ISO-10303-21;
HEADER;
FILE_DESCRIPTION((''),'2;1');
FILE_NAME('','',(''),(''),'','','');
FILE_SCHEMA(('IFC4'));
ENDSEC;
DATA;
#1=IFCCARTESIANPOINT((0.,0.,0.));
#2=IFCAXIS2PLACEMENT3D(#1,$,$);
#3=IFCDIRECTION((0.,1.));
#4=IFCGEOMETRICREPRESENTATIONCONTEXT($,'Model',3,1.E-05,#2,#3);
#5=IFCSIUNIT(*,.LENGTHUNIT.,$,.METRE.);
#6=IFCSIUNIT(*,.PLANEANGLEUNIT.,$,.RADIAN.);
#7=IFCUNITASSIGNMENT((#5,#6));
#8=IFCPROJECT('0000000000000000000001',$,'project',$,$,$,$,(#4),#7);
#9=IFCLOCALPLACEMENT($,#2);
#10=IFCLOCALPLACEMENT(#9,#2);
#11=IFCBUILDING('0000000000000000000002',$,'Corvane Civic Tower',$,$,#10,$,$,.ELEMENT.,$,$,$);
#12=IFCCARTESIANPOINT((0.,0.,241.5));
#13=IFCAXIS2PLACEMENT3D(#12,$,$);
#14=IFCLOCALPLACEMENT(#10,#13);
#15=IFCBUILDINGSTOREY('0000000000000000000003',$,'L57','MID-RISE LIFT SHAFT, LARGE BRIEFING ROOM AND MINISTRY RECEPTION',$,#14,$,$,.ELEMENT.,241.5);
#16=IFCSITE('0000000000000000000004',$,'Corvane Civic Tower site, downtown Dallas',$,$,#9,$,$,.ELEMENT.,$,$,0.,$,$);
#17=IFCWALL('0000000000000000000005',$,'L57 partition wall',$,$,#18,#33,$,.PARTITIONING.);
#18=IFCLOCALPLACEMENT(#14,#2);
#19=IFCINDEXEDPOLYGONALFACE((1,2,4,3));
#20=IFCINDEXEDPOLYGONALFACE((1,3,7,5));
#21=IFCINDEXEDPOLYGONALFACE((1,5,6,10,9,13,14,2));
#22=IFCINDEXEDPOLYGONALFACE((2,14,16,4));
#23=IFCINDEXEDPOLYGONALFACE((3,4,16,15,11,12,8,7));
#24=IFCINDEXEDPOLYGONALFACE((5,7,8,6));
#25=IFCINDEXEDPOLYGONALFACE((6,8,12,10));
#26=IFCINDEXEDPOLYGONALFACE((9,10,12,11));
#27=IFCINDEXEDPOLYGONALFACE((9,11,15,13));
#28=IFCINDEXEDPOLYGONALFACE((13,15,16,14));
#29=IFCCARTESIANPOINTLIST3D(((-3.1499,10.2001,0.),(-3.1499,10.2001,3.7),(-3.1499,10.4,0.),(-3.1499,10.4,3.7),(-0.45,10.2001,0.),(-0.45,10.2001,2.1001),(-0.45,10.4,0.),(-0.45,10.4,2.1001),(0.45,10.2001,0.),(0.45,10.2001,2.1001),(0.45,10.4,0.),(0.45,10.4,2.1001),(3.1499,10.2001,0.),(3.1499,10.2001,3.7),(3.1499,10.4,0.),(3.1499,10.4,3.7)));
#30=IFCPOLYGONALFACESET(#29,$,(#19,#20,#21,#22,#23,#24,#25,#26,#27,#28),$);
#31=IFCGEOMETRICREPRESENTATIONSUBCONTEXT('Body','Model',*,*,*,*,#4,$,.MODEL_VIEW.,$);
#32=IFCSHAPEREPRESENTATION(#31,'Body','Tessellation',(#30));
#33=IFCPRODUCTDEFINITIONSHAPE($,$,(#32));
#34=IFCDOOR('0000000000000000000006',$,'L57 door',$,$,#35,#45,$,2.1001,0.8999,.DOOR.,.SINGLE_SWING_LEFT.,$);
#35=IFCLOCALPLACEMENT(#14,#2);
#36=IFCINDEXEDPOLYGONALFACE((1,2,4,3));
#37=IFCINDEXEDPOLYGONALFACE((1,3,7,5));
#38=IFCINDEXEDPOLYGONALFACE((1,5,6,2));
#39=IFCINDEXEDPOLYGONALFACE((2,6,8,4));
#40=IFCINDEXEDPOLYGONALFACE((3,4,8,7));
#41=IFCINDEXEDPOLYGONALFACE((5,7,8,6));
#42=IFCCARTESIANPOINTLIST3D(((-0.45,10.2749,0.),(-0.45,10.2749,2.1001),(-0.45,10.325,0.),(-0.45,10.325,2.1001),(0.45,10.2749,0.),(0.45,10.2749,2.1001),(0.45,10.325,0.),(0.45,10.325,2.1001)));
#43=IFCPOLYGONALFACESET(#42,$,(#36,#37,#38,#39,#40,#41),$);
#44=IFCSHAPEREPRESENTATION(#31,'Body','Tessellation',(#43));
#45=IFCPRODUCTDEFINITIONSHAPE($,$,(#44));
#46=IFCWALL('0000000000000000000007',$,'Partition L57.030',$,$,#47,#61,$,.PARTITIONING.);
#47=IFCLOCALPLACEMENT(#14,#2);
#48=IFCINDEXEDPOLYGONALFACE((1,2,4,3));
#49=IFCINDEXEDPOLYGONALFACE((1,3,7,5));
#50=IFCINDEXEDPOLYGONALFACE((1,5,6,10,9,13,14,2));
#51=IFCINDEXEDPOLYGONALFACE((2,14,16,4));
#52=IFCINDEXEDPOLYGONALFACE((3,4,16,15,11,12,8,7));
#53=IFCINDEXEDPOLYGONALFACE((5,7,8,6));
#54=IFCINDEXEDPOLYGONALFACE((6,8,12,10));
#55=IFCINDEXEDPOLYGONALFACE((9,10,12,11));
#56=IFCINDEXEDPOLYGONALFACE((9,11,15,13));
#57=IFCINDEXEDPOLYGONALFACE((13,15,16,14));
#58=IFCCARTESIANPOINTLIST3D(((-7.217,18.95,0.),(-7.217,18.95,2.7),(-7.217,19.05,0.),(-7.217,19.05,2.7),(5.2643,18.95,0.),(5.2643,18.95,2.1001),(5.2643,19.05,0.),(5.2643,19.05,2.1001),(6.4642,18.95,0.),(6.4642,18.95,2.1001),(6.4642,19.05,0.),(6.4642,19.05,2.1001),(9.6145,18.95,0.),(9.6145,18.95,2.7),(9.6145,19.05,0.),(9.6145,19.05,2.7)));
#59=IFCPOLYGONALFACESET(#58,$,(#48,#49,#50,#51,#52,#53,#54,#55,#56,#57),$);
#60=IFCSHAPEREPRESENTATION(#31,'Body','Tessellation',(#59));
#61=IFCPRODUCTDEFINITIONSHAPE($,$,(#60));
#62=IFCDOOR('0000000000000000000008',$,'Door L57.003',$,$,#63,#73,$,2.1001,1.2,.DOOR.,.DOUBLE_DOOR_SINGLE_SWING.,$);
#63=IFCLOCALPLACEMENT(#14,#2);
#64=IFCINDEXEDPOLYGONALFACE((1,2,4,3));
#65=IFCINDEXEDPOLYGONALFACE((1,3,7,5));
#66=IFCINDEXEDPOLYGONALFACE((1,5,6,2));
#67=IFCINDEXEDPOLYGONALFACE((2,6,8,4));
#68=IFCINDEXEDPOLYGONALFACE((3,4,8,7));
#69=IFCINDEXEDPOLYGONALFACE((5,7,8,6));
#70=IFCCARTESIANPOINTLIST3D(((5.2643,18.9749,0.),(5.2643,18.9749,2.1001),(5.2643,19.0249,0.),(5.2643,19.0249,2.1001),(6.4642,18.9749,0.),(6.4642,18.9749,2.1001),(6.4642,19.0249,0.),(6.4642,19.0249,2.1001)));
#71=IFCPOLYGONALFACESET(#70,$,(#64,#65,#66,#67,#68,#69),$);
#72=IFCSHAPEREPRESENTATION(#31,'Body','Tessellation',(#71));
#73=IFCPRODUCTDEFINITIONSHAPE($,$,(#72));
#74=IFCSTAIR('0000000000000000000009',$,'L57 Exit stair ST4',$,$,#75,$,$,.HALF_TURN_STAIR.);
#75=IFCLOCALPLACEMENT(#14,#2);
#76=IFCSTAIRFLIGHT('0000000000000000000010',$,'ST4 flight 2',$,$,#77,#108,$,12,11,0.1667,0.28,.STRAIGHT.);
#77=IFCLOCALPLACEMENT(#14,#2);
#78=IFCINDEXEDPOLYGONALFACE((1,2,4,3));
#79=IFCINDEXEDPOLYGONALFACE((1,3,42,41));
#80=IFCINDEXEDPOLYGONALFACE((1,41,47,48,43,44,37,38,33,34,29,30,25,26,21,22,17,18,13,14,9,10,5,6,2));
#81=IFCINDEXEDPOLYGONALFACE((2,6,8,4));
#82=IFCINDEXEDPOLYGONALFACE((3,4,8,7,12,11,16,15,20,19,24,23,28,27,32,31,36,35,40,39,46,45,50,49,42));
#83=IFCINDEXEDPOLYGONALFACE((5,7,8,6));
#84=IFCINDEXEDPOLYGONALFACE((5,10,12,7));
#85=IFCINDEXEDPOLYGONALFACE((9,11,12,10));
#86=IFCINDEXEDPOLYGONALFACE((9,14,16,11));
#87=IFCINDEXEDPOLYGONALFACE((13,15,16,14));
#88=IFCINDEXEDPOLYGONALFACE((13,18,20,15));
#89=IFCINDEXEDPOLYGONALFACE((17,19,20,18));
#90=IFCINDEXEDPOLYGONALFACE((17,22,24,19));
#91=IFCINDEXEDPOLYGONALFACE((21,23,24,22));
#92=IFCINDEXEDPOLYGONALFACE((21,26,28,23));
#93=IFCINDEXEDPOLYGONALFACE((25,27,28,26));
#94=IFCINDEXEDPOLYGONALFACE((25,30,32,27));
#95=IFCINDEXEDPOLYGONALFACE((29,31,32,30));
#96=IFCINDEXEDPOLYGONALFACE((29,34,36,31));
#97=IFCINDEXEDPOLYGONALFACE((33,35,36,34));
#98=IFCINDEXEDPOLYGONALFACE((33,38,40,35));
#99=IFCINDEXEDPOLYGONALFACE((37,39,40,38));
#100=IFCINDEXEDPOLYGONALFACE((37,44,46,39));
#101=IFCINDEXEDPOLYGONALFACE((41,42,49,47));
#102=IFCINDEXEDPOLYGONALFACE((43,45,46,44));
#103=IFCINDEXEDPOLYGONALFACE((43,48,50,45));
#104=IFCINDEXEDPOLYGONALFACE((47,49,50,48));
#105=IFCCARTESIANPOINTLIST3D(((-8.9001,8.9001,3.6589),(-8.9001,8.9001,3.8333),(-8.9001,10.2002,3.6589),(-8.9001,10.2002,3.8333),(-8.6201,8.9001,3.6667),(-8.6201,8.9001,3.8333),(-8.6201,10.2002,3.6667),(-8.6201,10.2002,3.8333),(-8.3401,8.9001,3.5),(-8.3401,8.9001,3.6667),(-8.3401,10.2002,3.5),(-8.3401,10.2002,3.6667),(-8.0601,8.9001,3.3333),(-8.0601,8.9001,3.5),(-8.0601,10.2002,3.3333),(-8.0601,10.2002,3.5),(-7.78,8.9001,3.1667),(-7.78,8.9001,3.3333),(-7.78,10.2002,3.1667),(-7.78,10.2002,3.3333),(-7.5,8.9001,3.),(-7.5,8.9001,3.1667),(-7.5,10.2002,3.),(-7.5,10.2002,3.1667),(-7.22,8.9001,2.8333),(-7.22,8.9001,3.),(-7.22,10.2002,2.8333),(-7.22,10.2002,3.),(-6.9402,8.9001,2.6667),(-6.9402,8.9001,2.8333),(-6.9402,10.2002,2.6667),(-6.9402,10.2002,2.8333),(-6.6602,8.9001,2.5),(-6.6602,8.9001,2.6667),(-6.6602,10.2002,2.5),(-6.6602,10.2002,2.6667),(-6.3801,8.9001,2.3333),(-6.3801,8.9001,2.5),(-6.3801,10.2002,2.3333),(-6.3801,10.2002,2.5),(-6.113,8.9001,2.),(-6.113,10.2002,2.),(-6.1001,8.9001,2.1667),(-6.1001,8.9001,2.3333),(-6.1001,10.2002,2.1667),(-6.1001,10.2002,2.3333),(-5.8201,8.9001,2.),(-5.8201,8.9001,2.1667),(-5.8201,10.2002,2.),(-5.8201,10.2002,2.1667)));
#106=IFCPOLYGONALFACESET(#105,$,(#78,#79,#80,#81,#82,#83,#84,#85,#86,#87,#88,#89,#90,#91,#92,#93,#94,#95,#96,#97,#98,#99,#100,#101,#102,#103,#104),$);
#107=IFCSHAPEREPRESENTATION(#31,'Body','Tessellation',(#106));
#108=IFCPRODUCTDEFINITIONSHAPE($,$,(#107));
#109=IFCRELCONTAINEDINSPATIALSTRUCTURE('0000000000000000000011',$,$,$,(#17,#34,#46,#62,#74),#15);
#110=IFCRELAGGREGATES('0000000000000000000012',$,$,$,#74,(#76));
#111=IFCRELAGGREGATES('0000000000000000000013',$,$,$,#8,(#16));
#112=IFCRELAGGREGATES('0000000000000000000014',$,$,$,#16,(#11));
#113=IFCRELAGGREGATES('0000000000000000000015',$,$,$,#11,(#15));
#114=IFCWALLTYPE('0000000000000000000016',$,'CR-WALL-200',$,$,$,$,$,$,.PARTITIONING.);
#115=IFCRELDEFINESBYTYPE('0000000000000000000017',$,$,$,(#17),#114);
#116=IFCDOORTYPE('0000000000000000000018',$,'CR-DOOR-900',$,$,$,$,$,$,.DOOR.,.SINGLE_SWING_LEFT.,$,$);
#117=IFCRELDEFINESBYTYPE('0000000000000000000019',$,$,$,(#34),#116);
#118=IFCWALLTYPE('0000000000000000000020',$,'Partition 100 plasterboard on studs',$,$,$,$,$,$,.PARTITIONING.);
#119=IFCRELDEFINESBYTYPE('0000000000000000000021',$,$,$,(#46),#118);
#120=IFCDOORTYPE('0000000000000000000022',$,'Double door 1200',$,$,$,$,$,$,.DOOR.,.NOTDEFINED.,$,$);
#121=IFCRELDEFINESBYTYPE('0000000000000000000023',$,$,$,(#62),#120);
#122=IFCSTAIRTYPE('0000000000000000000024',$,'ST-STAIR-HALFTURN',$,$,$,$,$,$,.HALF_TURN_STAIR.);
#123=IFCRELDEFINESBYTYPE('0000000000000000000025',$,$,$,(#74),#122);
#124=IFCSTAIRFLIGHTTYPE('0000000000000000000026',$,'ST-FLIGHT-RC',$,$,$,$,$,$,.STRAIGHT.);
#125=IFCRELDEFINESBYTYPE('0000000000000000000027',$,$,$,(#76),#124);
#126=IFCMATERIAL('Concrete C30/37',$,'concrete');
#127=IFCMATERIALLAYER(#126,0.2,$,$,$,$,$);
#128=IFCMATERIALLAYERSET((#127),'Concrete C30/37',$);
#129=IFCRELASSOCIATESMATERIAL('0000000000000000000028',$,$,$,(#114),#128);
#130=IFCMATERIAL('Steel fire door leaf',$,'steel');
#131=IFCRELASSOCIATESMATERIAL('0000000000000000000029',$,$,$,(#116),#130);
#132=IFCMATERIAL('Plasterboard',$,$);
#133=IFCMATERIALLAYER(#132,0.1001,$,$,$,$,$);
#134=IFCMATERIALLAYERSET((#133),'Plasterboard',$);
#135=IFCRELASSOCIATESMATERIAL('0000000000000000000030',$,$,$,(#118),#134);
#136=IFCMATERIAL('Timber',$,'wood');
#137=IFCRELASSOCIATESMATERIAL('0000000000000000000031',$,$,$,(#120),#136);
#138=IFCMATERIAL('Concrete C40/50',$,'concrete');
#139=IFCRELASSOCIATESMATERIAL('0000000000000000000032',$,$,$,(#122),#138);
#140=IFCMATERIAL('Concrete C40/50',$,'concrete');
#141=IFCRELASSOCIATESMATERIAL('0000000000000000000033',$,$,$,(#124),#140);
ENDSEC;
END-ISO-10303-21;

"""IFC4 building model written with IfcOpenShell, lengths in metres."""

from ifc_helpers import new_model, si_unit, direction, frame, frame_2d, origin, place, context, subcontext, project, spatial, polyline, rectangle, outline, extrude, material, layer, layer_set, type_object, element, fill, aggregate, save


model = new_model("IFC4")

# Units and contexts
model_context = context("Model", 3, precision=1e-05, world=origin(), true_north=direction((0.0, 1.0)))
body_context = subcontext(model_context, "Body", "Model", "MODEL_VIEW")
ifc_project = project(units=[si_unit("LENGTHUNIT", "METRE"), si_unit("PLANEANGLEUNIT", "RADIAN")], contexts=[model_context])

# Site, building, storey
site_placement = place(None, origin())
site = spatial("IfcSite", under=ifc_project, at=site_placement, Name="Corvane Civic Tower site, downtown Dallas", CompositionType="ELEMENT", RefElevation=0.0)
building_placement = place(site_placement, origin())
building = spatial("IfcBuilding", under=site, at=building_placement, Name="Corvane Civic Tower", CompositionType="ELEMENT")
storey_placement = place(building_placement, frame((0.0, 0.0, 241.5)))
storey = spatial("IfcBuildingStorey", under=building, at=storey_placement, Name="L57", Description="MID-RISE LIFT SHAFT, LARGE BRIEFING ROOM AND MINISTRY RECEPTION", CompositionType="ELEMENT", Elevation=241.5)

# Walls, openings, doors
ifc_material_1 = material(Name="Concrete C30/37", Category="concrete")
ifc_layer_1 = layer(ifc_material_1, 0.2)
ifc_layer_set_1 = layer_set([ifc_layer_1], Name="Concrete C30/37")
wall_type_1 = type_object("IfcWallType", Name="CR-WALL-200", PredefinedType="PARTITIONING", material=ifc_layer_set_1)
wall_1_placement = place(storey_placement, frame((-3.1499, 10.3, 0.0), z_axis=(0.0, 0.0, 1.0), x_axis=(1.0, 0.0, 0.0)))
wall_1 = element("IfcWall", 1, at=wall_1_placement, inside=storey, type_object=wall_type_1, Name="L57 partition wall", PredefinedType="PARTITIONING", context=body_context, shape_type="SweptSolid", body=[
    extrude(rectangle(XDim=6.2998, YDim=0.2, at=frame_2d((3.1499, 0.0))), origin(), (0.0, 0.0, 1.0), 3.7),
])
opening_1_placement = place(wall_1_placement, frame((2.7, 0.0, 0.0)))
opening_1 = element("IfcOpeningElement", 2, at=opening_1_placement, cuts=wall_1, PredefinedType="OPENING", context=body_context, shape_type="SweptSolid", body=[
    extrude(rectangle(XDim=0.8999, YDim=2.1001, at=frame_2d((0.45, 1.05))), frame((0.0, 0.1099, 0.0), z_axis=(0.0, -1.0, 0.0), x_axis=(1.0, 0.0, 0.0)), (0.0, 0.0, 1.0), 0.22),
])
ifc_material_2 = material(Name="Steel fire door leaf", Category="steel")
door_type_1 = type_object("IfcDoorType", Name="CR-DOOR-900", OperationType="SINGLE_SWING_LEFT", PredefinedType="DOOR", material=ifc_material_2)
door_1_placement = place(opening_1_placement, origin())
door_1 = element("IfcDoor", 3, at=door_1_placement, inside=storey, type_object=door_type_1, Name="L57 door", OperationType="SINGLE_SWING_LEFT", OverallHeight=2.1001, OverallWidth=0.8999, PredefinedType="DOOR", context=body_context, shape_type="SweptSolid", body=[
    extrude(rectangle(XDim=0.8999, YDim=2.1001, at=frame_2d((0.45, 1.05))), frame((0.0, 0.0249, 0.0), z_axis=(0.0, -1.0, 0.0), x_axis=(1.0, 0.0, 0.0)), (0.0, 0.0, 1.0), 0.05),
])
fill(opening_1, door_1)
ifc_material_3 = material(Name="Plasterboard")
ifc_layer_2 = layer(ifc_material_3, 0.1001)
ifc_layer_set_2 = layer_set([ifc_layer_2], Name="Plasterboard")
wall_type_2 = type_object("IfcWallType", Name="Partition 100 plasterboard on studs", PredefinedType="PARTITIONING", material=ifc_layer_set_2)
wall_2_placement = place(storey_placement, frame((-7.217, 19.0, 0.0), z_axis=(0.0, 0.0, 1.0), x_axis=(1.0, 0.0, 0.0)))
wall_2 = element("IfcWall", 4, at=wall_2_placement, inside=storey, type_object=wall_type_2, Name="Partition L57.030", PredefinedType="PARTITIONING", context=body_context, shape_type="SweptSolid", body=[
    extrude(rectangle(XDim=16.8315, YDim=0.1001, at=frame_2d((8.4158, 0.0))), origin(), (0.0, 0.0, 1.0), 2.7),
])
opening_2_placement = place(wall_2_placement, frame((12.4812, 0.0, 0.0)))
opening_2 = element("IfcOpeningElement", 5, at=opening_2_placement, cuts=wall_2, PredefinedType="OPENING", context=body_context, shape_type="SweptSolid", body=[
    extrude(rectangle(XDim=1.2, YDim=2.1001, at=frame_2d((0.6001, 1.05))), frame((0.0, 0.0601, 0.0), z_axis=(0.0, -1.0, 0.0), x_axis=(1.0, 0.0, 0.0)), (0.0, 0.0, 1.0), 0.1201),
])
ifc_material_4 = material(Name="Timber", Category="wood")
door_type_2 = type_object("IfcDoorType", Name="Double door 1200", OperationType="NOTDEFINED", PredefinedType="DOOR", material=ifc_material_4)
door_2_placement = place(opening_2_placement, origin())
door_2 = element("IfcDoor", 6, at=door_2_placement, inside=storey, type_object=door_type_2, Name="Door L57.003", OperationType="DOUBLE_DOOR_SINGLE_SWING", OverallHeight=2.1001, OverallWidth=1.2, PredefinedType="DOOR", context=body_context, shape_type="SweptSolid", body=[
    extrude(rectangle(XDim=1.2, YDim=2.1001, at=frame_2d((0.6001, 1.05))), frame((0.0, 0.0249, 0.0), z_axis=(0.0, -1.0, 0.0), x_axis=(1.0, 0.0, 0.0)), (0.0, 0.0, 1.0), 0.05),
])
fill(opening_2, door_2)

# Stair, stair flight
ifc_material_5 = material(Name="Concrete C40/50", Category="concrete")
stair_type = type_object("IfcStairType", Name="ST-STAIR-HALFTURN", PredefinedType="HALF_TURN_STAIR", material=ifc_material_5)
stair_placement = place(storey_placement, origin())
stair = element("IfcStair", 7, at=stair_placement, inside=storey, type_object=stair_type, Name="L57 Exit stair ST4", PredefinedType="HALF_TURN_STAIR")
ifc_material_6 = material(Name="Concrete C40/50", Category="concrete")
stair_flight_type = type_object("IfcStairFlightType", Name="ST-FLIGHT-RC", PredefinedType="STRAIGHT", material=ifc_material_6)
stair_flight_placement = place(storey_placement, frame((-5.8201, 9.55, 2.0), z_axis=(0.0, 0.0, 1.0), x_axis=(-1.0, 0.0, 0.0)))
stair_flight = element("IfcStairFlight", 8, at=stair_flight_placement, type_object=stair_flight_type, Name="ST4 flight 2", NumberOfRisers=12, NumberOfTreads=11, PredefinedType="STRAIGHT", RiserHeight=0.1667, TreadLength=0.28, context=body_context, shape_type="SweptSolid", body=[
    extrude(outline(polyline([(0.0, 0.0), (0.0, 0.1667), (0.28, 0.1667), (0.28, 0.3333), (0.5601, 0.3333), (0.5601, 0.5), (0.8401, 0.5), (0.8401, 0.6667), (1.1201, 0.6667), (1.1201, 0.8333), (1.3999, 0.8333), (1.3999, 1.0), (1.6799, 1.0), (1.6799, 1.1667), (1.96, 1.1667), (1.96, 1.3333), (2.24, 1.3333), (2.24, 1.5), (2.52, 1.5), (2.52, 1.6667), (2.8, 1.6667), (2.8, 1.8333), (3.0801, 1.8333), (3.0801, 2.0), (3.0801, 1.6589), (0.293, 0.0), (0.0, 0.0)])), frame((0.0, 0.6499, 0.0), z_axis=(0.0, -1.0, 0.0), x_axis=(1.0, 0.0, 0.0)), (0.0, 0.0, 1.0), 1.3),
])
aggregate(stair, [stair_flight])

save(model, "model.ifc")
